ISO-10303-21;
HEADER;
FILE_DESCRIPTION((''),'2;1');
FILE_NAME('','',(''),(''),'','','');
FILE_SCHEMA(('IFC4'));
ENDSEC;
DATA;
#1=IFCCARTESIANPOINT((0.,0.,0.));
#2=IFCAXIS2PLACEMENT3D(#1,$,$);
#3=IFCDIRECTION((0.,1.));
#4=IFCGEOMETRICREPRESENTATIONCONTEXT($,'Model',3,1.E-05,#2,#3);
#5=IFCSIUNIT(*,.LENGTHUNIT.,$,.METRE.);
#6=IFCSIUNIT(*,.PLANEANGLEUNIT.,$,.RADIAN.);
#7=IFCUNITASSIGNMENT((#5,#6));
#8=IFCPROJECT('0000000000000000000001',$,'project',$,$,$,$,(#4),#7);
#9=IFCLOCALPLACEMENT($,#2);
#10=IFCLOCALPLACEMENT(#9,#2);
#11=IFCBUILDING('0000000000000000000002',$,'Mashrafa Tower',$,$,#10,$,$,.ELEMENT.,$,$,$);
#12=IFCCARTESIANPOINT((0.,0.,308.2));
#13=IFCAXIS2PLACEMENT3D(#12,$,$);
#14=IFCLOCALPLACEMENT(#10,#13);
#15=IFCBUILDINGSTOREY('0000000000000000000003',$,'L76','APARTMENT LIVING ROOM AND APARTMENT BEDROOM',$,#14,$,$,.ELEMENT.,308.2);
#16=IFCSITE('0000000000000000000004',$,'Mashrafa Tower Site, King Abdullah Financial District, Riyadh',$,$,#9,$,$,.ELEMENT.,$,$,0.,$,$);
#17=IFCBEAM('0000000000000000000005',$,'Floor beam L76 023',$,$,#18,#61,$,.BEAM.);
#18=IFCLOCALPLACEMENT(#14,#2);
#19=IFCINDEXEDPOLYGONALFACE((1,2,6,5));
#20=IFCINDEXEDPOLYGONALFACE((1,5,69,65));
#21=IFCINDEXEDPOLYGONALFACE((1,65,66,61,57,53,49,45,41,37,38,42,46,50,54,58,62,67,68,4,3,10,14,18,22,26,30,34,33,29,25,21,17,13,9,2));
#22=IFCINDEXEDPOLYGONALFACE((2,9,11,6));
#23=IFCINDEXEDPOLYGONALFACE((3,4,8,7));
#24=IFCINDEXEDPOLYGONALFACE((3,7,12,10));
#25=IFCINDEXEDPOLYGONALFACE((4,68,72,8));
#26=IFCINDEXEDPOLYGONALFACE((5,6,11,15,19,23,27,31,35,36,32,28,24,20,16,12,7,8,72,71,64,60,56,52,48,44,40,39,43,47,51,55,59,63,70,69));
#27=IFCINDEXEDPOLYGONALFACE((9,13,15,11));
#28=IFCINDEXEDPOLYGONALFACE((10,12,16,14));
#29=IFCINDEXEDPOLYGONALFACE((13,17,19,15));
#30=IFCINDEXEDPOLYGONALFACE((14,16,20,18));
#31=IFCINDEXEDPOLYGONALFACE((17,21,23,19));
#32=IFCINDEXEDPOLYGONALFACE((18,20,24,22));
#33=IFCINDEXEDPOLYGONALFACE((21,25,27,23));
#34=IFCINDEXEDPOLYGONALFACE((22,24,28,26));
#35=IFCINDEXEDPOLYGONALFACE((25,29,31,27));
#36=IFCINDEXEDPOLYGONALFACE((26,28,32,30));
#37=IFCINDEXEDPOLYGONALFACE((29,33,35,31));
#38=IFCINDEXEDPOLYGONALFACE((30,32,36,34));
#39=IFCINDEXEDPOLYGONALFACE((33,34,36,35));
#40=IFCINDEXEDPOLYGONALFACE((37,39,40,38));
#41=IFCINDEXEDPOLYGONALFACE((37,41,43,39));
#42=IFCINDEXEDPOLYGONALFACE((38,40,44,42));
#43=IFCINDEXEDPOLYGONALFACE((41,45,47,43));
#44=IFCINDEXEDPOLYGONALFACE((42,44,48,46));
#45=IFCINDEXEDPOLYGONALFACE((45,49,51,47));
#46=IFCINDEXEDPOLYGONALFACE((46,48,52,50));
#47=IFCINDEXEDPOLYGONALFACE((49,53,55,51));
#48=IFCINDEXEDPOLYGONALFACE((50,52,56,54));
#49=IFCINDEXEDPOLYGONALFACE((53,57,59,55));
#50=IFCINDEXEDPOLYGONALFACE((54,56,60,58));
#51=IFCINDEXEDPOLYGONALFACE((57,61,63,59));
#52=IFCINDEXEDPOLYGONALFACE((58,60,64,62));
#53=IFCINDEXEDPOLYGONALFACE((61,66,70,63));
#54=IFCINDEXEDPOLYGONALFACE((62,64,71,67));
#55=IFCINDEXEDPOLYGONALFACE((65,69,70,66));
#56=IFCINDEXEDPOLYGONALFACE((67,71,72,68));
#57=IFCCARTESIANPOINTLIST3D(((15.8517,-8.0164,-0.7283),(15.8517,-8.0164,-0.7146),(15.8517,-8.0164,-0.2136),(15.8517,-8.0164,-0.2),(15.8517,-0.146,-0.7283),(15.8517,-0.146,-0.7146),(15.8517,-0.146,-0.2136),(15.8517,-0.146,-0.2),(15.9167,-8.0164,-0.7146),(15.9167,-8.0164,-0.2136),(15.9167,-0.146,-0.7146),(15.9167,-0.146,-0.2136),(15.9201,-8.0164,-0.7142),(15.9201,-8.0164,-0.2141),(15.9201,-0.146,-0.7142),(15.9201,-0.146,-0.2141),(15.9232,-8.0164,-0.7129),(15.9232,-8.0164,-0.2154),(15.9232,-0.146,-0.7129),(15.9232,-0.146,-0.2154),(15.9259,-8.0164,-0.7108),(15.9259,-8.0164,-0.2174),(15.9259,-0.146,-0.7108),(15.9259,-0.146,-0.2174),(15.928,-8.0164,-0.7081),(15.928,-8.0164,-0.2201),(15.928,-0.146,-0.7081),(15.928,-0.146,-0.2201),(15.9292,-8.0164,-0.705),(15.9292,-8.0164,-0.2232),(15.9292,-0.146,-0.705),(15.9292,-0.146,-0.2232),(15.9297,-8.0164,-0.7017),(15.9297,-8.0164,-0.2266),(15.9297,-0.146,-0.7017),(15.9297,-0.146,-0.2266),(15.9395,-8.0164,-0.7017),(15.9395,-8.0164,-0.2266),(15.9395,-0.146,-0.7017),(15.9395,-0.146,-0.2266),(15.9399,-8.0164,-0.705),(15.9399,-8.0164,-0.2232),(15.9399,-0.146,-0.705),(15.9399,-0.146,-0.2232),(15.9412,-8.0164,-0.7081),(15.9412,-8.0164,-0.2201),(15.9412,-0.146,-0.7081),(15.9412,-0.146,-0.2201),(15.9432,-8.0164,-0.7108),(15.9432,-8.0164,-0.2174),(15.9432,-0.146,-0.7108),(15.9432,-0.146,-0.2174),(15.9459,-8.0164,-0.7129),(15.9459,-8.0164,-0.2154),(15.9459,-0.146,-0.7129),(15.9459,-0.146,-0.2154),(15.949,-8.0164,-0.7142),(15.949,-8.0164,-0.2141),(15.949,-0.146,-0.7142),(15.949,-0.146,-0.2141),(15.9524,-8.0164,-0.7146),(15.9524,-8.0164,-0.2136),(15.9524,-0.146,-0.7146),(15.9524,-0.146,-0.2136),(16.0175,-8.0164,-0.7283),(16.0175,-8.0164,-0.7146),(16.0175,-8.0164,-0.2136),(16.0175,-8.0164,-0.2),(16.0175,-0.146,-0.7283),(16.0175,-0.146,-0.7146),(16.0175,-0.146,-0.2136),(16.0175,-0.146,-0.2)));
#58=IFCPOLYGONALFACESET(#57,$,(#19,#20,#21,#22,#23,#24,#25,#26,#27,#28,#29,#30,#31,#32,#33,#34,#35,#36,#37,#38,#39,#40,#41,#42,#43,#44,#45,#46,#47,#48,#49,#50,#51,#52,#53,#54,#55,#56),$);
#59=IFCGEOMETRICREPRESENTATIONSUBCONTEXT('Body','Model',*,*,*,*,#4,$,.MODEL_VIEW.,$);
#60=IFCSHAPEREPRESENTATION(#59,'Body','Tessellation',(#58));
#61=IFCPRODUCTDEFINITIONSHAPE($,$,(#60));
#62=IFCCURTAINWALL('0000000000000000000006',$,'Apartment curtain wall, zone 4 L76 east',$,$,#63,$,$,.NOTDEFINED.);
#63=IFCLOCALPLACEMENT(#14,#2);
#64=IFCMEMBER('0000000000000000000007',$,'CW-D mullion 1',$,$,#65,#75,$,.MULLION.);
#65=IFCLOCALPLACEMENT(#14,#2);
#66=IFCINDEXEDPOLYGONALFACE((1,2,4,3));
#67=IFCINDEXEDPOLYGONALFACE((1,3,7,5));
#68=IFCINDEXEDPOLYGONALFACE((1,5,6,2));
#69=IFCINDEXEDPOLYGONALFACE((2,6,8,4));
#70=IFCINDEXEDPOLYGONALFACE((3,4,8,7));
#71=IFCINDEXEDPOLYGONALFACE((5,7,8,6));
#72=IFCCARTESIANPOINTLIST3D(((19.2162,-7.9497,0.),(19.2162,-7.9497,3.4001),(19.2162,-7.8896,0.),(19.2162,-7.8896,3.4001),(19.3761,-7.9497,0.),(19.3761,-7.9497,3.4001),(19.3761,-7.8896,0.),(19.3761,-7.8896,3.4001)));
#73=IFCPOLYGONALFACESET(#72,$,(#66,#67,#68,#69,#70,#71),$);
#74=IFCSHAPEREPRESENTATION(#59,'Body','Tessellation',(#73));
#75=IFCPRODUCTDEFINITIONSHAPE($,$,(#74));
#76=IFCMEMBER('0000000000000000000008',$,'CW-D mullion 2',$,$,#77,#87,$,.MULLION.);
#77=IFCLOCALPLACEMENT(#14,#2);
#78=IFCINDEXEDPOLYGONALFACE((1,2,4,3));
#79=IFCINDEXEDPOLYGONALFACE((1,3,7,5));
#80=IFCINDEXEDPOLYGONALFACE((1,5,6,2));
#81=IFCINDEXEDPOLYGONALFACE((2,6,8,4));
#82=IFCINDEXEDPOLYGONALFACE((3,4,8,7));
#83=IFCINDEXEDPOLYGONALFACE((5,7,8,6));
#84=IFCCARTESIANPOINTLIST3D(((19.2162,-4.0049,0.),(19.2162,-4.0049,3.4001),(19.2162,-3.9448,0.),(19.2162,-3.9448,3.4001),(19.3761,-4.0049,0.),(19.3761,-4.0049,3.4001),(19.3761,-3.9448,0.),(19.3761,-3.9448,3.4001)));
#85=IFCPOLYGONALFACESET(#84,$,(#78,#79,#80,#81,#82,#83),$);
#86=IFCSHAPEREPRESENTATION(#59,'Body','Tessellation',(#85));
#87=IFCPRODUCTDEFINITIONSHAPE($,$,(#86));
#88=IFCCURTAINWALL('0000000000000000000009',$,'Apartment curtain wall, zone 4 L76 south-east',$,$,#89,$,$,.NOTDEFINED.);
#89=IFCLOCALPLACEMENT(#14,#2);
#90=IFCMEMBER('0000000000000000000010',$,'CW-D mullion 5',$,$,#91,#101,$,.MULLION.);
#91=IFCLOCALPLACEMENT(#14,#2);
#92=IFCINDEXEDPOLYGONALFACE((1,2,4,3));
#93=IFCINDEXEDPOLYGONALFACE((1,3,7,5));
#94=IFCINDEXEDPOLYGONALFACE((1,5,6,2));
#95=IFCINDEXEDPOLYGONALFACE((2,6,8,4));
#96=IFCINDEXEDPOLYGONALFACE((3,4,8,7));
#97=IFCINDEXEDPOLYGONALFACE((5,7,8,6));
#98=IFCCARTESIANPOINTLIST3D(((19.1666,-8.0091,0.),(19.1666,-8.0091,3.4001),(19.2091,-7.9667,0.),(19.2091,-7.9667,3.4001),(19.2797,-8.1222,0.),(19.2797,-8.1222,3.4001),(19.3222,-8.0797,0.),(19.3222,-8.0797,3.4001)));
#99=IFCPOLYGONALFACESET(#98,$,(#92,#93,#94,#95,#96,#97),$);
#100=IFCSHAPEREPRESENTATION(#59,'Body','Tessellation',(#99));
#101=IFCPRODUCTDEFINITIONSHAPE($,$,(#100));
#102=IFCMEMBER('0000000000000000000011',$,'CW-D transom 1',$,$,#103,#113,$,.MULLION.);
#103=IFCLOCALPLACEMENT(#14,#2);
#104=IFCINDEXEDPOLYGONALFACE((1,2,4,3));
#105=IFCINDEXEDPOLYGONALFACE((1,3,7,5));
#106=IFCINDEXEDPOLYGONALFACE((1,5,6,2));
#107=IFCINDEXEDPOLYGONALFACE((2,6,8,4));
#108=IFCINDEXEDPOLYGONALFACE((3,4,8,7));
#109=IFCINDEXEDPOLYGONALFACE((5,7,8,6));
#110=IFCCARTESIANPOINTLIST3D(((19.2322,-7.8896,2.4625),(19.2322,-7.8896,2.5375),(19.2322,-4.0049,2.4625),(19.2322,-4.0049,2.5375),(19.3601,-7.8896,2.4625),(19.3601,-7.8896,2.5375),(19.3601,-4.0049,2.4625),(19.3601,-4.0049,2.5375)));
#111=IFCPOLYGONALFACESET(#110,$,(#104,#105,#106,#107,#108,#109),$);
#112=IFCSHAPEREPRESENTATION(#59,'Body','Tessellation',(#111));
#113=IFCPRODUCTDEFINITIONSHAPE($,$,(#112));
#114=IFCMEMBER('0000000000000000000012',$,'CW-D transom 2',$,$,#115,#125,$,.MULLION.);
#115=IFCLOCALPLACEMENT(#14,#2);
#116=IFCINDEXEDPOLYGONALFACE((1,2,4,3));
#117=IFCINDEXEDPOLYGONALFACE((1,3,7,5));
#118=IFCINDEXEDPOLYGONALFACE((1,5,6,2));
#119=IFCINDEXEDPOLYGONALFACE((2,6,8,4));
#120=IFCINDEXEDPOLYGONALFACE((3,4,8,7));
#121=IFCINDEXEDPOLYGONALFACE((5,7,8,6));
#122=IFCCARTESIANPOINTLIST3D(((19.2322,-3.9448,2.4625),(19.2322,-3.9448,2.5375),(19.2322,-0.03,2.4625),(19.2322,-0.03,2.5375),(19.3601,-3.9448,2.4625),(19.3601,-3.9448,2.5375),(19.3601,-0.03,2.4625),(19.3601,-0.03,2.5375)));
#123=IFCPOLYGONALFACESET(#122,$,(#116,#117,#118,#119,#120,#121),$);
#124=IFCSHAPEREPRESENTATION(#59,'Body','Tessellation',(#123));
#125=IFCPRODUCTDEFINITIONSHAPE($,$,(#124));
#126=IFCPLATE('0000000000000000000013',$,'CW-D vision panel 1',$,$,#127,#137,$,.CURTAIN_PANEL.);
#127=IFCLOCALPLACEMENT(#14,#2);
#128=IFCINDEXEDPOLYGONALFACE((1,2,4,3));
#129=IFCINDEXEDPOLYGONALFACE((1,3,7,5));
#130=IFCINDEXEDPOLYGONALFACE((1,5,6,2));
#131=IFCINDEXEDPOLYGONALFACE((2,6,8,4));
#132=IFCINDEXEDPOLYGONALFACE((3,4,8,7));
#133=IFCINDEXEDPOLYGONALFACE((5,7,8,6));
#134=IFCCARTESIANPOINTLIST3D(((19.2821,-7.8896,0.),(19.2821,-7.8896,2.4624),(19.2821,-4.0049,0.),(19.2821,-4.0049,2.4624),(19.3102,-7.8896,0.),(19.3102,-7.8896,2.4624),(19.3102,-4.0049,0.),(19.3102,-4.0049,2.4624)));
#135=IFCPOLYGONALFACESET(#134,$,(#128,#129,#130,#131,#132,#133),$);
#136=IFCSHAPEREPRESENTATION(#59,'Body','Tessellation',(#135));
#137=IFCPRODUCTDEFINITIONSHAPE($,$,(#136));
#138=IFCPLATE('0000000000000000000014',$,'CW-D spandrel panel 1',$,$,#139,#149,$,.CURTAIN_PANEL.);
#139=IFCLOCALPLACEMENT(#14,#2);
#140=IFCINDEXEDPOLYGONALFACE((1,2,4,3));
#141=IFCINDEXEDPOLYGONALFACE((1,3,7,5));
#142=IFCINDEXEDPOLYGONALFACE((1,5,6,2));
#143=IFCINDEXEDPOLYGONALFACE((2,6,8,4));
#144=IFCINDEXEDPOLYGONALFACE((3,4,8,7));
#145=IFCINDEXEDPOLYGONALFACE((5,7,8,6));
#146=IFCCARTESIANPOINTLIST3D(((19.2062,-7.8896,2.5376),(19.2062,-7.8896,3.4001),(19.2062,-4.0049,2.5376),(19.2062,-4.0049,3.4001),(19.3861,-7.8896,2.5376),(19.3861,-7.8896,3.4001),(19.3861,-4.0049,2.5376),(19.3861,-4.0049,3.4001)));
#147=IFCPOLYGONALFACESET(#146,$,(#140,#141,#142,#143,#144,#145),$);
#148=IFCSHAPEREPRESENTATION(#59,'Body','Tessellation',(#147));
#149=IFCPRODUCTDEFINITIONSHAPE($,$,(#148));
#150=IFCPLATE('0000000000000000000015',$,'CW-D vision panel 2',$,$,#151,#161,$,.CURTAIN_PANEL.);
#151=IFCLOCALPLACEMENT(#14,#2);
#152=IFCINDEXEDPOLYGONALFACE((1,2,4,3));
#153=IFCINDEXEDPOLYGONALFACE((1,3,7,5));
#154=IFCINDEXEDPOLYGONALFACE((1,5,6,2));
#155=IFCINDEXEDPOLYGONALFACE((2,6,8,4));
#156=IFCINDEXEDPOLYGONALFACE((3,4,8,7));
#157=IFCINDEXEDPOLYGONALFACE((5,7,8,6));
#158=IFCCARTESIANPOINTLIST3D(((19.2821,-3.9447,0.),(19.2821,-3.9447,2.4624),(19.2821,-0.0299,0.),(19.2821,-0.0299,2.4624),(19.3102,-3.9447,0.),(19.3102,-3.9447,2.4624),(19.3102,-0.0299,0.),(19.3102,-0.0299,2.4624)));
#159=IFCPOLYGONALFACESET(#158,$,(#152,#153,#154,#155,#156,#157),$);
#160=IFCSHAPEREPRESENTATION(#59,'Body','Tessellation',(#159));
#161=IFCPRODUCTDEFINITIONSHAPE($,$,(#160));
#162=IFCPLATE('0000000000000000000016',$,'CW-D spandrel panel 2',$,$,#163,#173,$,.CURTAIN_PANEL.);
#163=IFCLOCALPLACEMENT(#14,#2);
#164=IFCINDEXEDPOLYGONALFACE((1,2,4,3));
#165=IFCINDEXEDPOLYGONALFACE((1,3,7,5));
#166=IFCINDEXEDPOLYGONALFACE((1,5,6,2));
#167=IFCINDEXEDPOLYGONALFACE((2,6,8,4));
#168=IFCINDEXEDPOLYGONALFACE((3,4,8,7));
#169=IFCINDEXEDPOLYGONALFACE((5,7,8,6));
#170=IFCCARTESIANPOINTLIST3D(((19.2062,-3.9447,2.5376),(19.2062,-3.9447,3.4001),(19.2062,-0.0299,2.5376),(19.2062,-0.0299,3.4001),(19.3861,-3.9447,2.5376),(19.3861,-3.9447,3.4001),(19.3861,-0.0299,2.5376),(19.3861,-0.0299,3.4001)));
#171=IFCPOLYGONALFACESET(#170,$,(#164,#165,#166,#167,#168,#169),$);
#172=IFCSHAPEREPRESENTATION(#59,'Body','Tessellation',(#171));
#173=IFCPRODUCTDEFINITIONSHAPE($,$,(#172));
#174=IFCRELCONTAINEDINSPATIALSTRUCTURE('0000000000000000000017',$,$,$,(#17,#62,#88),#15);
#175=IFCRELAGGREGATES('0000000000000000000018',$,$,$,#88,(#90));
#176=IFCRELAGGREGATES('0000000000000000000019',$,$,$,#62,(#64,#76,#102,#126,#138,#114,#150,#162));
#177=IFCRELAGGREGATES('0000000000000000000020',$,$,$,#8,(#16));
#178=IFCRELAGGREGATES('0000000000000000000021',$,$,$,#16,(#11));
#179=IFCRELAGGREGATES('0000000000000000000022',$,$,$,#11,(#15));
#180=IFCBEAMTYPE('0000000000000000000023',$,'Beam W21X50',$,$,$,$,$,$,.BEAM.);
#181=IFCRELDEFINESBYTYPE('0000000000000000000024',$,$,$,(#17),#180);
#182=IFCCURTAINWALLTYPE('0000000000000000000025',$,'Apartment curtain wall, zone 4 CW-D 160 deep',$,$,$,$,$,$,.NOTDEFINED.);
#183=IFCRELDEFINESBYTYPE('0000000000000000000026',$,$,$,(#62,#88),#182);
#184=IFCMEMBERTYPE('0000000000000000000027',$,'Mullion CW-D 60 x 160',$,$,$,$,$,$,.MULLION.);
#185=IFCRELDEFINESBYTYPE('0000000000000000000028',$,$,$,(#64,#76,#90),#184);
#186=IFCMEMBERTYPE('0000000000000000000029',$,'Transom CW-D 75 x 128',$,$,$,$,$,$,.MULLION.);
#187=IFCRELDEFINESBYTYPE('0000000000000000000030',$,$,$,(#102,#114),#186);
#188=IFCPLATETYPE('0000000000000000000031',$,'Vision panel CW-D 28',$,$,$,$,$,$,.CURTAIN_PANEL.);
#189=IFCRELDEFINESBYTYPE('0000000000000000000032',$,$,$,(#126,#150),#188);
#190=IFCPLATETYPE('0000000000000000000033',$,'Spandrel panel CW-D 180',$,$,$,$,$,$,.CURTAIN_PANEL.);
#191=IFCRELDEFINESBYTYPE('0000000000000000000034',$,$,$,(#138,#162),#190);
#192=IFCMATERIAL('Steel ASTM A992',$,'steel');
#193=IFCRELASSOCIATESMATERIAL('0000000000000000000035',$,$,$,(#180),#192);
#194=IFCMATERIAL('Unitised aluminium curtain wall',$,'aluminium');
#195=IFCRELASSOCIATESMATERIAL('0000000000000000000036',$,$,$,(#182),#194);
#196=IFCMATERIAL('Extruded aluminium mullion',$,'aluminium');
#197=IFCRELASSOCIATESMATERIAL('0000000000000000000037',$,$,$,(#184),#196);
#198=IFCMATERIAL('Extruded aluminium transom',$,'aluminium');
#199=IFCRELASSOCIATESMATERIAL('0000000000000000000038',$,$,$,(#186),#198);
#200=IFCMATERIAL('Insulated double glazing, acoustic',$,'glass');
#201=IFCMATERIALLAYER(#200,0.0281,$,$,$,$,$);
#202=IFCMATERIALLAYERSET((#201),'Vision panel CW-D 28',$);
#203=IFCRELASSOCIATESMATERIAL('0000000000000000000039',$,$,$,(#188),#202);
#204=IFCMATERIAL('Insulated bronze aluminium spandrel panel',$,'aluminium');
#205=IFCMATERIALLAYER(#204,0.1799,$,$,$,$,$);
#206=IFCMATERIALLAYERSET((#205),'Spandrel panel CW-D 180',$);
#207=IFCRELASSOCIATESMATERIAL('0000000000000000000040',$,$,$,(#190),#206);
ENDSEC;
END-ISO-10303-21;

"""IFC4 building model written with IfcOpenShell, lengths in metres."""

from ifc_helpers import new_model, si_unit, direction, frame, origin, origin_2d, place, context, subcontext, project, spatial, rectangle, i_section, extrude, source, transform, mapped, material, layer, layer_set, material_profile, profile_set, type_object, type_shapes, element, aggregate, save


model = new_model("IFC4")

# Units and contexts
model_context = context("Model", 3, precision=1e-05, world=origin(), true_north=direction((0.0, 1.0)))
body_context = subcontext(model_context, "Body", "Model", "MODEL_VIEW")
ifc_project = project(units=[si_unit("LENGTHUNIT", "METRE"), si_unit("PLANEANGLEUNIT", "RADIAN")], contexts=[model_context])

# Site, building, storey
site_placement = place(None, origin())
site = spatial("IfcSite", under=ifc_project, at=site_placement, Name="Mashrafa Tower Site, King Abdullah Financial District, Riyadh", CompositionType="ELEMENT", RefElevation=0.0)
building_placement = place(site_placement, origin())
building = spatial("IfcBuilding", under=site, at=building_placement, Name="Mashrafa Tower", CompositionType="ELEMENT")
storey_placement = place(building_placement, frame((0.0, 0.0, 308.2)))
storey = spatial("IfcBuildingStorey", under=building, at=storey_placement, Name="L76", Description="APARTMENT LIVING ROOM AND APARTMENT BEDROOM", CompositionType="ELEMENT", Elevation=308.2)

# Beam
ifc_material_1 = material(Name="Steel ASTM A992", Category="steel")
ifc_material_profile_1 = material_profile(ifc_material_1, i_section(OverallWidth=0.1658, OverallDepth=0.5283, WebThickness=0.0098, FlangeThickness=0.0137, FilletRadius=0.0129, at=origin_2d()), Name="W21X50")
ifc_profile_set_1 = profile_set([ifc_material_profile_1], Name="Steel ASTM A992")
beam_type_1 = type_object("IfcBeamType", Name="Beam W21X50", PredefinedType="BEAM", material=ifc_profile_set_1)
beam_1_placement = place(storey_placement, frame((15.9346, -0.146, -0.4641), z_axis=(0.0, -1.0, 0.0), x_axis=(1.0, 0.0, 0.0)))
element("IfcBeam", 1, at=beam_1_placement, inside=storey, type_object=beam_type_1, Name="Floor beam L76 023", PredefinedType="BEAM", context=body_context, shape_type="SweptSolid", body=[
    extrude(i_section(OverallWidth=0.1658, OverallDepth=0.5283, WebThickness=0.0098, FlangeThickness=0.0137, FilletRadius=0.0129, at=origin_2d()), origin(), (0.0, 0.0, 1.0), 7.8704),
])

# Curtain wall, members
ifc_material_2 = material(Name="Unitised aluminium curtain wall", Category="aluminium")
curtain_wall_type = type_object("IfcCurtainWallType", Name="Apartment curtain wall, zone 4 CW-D 160 deep", PredefinedType="NOTDEFINED", material=ifc_material_2)
curtain_wall_1_placement = place(storey_placement, origin())
curtain_wall_1 = element("IfcCurtainWall", 2, at=curtain_wall_1_placement, inside=storey, type_object=curtain_wall_type, Name="Apartment curtain wall, zone 4 L76 east", PredefinedType="NOTDEFINED")
ifc_material_3 = material(Name="Extruded aluminium mullion", Category="aluminium")
ifc_material_profile_2 = material_profile(ifc_material_3, rectangle(XDim=0.1599, YDim=0.0601, at=origin_2d()), Name="Mullion 60x160")
ifc_profile_set_2 = profile_set([ifc_material_profile_2], Name="Extruded aluminium mullion")
member_type_1 = type_object("IfcMemberType", Name="Mullion CW-D 60 x 160", PredefinedType="MULLION", material=ifc_profile_set_2)
shared_shape_1 = source(origin(), body_context, "Body", "SweptSolid", [
    extrude(rectangle(XDim=0.1599, YDim=0.0601, at=origin_2d()), origin(), (0.0, 0.0, 1.0), 3.4001),
])
type_shapes(member_type_1, [shared_shape_1])
member_1_placement = place(storey_placement, frame((19.2961, -7.9197, 0.0), z_axis=(0.0, 0.0, 1.0), x_axis=(-1.0, 0.0, 0.0)))
member_1 = element("IfcMember", 3, at=member_1_placement, type_object=member_type_1, Name="CW-D mullion 1", PredefinedType="MULLION", context=body_context, shape_type="MappedRepresentation", body=[
    mapped(shared_shape_1, transform((0.0, 0.0, 0.0))),
])
member_2_placement = place(storey_placement, frame((19.2961, -3.9749, 0.0), z_axis=(0.0, 0.0, 1.0), x_axis=(-1.0, 0.0, 0.0)))
member_2 = element("IfcMember", 4, at=member_2_placement, type_object=member_type_1, Name="CW-D mullion 2", PredefinedType="MULLION", context=body_context, shape_type="MappedRepresentation", body=[
    mapped(shared_shape_1, transform((0.0, 0.0, 0.0))),
])

# Curtain wall, member
curtain_wall_2_placement = place(storey_placement, origin())
curtain_wall_2 = element("IfcCurtainWall", 5, at=curtain_wall_2_placement, inside=storey, type_object=curtain_wall_type, Name="Apartment curtain wall, zone 4 L76 south-east", PredefinedType="NOTDEFINED")
member_3_placement = place(storey_placement, frame((19.2444, -8.0444, 0.0), z_axis=(0.0, 0.0, 1.0), x_axis=(-0.707107, 0.707107, 0.0)))
member_3 = element("IfcMember", 6, at=member_3_placement, type_object=member_type_1, Name="CW-D mullion 5", PredefinedType="MULLION", context=body_context, shape_type="MappedRepresentation", body=[
    mapped(shared_shape_1, transform((0.0, 0.0, 0.0))),
])
aggregate(curtain_wall_2, [member_3])

# Members
ifc_material_4 = material(Name="Extruded aluminium transom", Category="aluminium")
ifc_material_profile_3 = material_profile(ifc_material_4, rectangle(XDim=0.1279, YDim=0.075, at=origin_2d()), Name="Transom 75x128")
ifc_profile_set_3 = profile_set([ifc_material_profile_3], Name="Extruded aluminium transom")
member_type_2 = type_object("IfcMemberType", Name="Transom CW-D 75 x 128", PredefinedType="MULLION", material=ifc_profile_set_3)
shared_shape_2 = source(origin(), body_context, "Body", "SweptSolid", [
    extrude(rectangle(XDim=0.1279, YDim=0.075, at=origin_2d()), origin(), (0.0, 0.0, 1.0), 3.8848),
])
member_4_placement = place(storey_placement, frame((19.2961, -7.8896, 2.5), z_axis=(0.0, 1.0, 0.0), x_axis=(-1.0, 0.0, 0.0)))
member_4 = element("IfcMember", 7, at=member_4_placement, type_object=member_type_2, Name="CW-D transom 1", PredefinedType="MULLION", context=body_context, shape_type="MappedRepresentation", body=[
    mapped(shared_shape_2, transform((0.0, 0.0, 0.0))),
])
shared_shape_3 = source(origin(), body_context, "Body", "SweptSolid", [
    extrude(rectangle(XDim=0.1279, YDim=0.075, at=origin_2d()), origin(), (0.0, 0.0, 1.0), 3.9148),
])
type_shapes(member_type_2, [shared_shape_2, shared_shape_3])
member_5_placement = place(storey_placement, frame((19.2961, -3.9448, 2.5), z_axis=(0.0, 1.0, 0.0), x_axis=(-1.0, 0.0, 0.0)))
member_5 = element("IfcMember", 8, at=member_5_placement, type_object=member_type_2, Name="CW-D transom 2", PredefinedType="MULLION", context=body_context, shape_type="MappedRepresentation", body=[
    mapped(shared_shape_3, transform((0.0, 0.0, 0.0))),
])

# Plates
ifc_material_5 = material(Name="Insulated double glazing, acoustic", Category="glass")
ifc_layer_1 = layer(ifc_material_5, 0.0281)
ifc_layer_set_1 = layer_set([ifc_layer_1], Name="Vision panel CW-D 28")
plate_type_1 = type_object("IfcPlateType", Name="Vision panel CW-D 28", PredefinedType="CURTAIN_PANEL", material=ifc_layer_set_1)
shared_shape_4 = source(origin(), body_context, "Body", "SweptSolid", [
    extrude(rectangle(XDim=3.8848, YDim=0.0281, at=origin_2d()), origin(), (0.0, 0.0, 1.0), 2.4624),
])
plate_1_placement = place(storey_placement, frame((19.2961, -5.9473, 0.0), z_axis=(0.0, 0.0, 1.0), x_axis=(0.0, 1.0, 0.0)))
plate_1 = element("IfcPlate", 9, at=plate_1_placement, type_object=plate_type_1, Name="CW-D vision panel 1", PredefinedType="CURTAIN_PANEL", context=body_context, shape_type="MappedRepresentation", body=[
    mapped(shared_shape_4, transform((0.0, 0.0, 0.0))),
])
ifc_material_6 = material(Name="Insulated bronze aluminium spandrel panel", Category="aluminium")
ifc_layer_2 = layer(ifc_material_6, 0.1799)
ifc_layer_set_2 = layer_set([ifc_layer_2], Name="Spandrel panel CW-D 180")
plate_type_2 = type_object("IfcPlateType", Name="Spandrel panel CW-D 180", PredefinedType="CURTAIN_PANEL", material=ifc_layer_set_2)
shared_shape_5 = source(origin(), body_context, "Body", "SweptSolid", [
    extrude(rectangle(XDim=3.8848, YDim=0.1799, at=origin_2d()), origin(), (0.0, 0.0, 1.0), 0.8625),
])
plate_2_placement = place(storey_placement, frame((19.2961, -5.9473, 2.5376), z_axis=(0.0, 0.0, 1.0), x_axis=(0.0, 1.0, 0.0)))
plate_2 = element("IfcPlate", 10, at=plate_2_placement, type_object=plate_type_2, Name="CW-D spandrel panel 1", PredefinedType="CURTAIN_PANEL", context=body_context, shape_type="MappedRepresentation", body=[
    mapped(shared_shape_5, transform((0.0, 0.0, 0.0))),
])
shared_shape_6 = source(origin(), body_context, "Body", "SweptSolid", [
    extrude(rectangle(XDim=3.9148, YDim=0.0281, at=origin_2d()), origin(), (0.0, 0.0, 1.0), 2.4624),
])
type_shapes(plate_type_1, [shared_shape_4, shared_shape_6])
plate_3_placement = place(storey_placement, frame((19.2961, -1.9873, 0.0), z_axis=(0.0, 0.0, 1.0), x_axis=(0.0, 1.0, 0.0)))
plate_3 = element("IfcPlate", 11, at=plate_3_placement, type_object=plate_type_1, Name="CW-D vision panel 2", PredefinedType="CURTAIN_PANEL", context=body_context, shape_type="MappedRepresentation", body=[
    mapped(shared_shape_6, transform((0.0, 0.0, 0.0))),
])
shared_shape_7 = source(origin(), body_context, "Body", "SweptSolid", [
    extrude(rectangle(XDim=3.9148, YDim=0.1799, at=origin_2d()), origin(), (0.0, 0.0, 1.0), 0.8625),
])
type_shapes(plate_type_2, [shared_shape_5, shared_shape_7])
plate_4_placement = place(storey_placement, frame((19.2961, -1.9873, 2.5376), z_axis=(0.0, 0.0, 1.0), x_axis=(0.0, 1.0, 0.0)))
plate_4 = element("IfcPlate", 12, at=plate_4_placement, type_object=plate_type_2, Name="CW-D spandrel panel 2", PredefinedType="CURTAIN_PANEL", context=body_context, shape_type="MappedRepresentation", body=[
    mapped(shared_shape_7, transform((0.0, 0.0, 0.0))),
])
aggregate(curtain_wall_1, [member_1, member_2, member_4, plate_1, plate_2, member_5, plate_3, plate_4])

save(model, "model.ifc")
